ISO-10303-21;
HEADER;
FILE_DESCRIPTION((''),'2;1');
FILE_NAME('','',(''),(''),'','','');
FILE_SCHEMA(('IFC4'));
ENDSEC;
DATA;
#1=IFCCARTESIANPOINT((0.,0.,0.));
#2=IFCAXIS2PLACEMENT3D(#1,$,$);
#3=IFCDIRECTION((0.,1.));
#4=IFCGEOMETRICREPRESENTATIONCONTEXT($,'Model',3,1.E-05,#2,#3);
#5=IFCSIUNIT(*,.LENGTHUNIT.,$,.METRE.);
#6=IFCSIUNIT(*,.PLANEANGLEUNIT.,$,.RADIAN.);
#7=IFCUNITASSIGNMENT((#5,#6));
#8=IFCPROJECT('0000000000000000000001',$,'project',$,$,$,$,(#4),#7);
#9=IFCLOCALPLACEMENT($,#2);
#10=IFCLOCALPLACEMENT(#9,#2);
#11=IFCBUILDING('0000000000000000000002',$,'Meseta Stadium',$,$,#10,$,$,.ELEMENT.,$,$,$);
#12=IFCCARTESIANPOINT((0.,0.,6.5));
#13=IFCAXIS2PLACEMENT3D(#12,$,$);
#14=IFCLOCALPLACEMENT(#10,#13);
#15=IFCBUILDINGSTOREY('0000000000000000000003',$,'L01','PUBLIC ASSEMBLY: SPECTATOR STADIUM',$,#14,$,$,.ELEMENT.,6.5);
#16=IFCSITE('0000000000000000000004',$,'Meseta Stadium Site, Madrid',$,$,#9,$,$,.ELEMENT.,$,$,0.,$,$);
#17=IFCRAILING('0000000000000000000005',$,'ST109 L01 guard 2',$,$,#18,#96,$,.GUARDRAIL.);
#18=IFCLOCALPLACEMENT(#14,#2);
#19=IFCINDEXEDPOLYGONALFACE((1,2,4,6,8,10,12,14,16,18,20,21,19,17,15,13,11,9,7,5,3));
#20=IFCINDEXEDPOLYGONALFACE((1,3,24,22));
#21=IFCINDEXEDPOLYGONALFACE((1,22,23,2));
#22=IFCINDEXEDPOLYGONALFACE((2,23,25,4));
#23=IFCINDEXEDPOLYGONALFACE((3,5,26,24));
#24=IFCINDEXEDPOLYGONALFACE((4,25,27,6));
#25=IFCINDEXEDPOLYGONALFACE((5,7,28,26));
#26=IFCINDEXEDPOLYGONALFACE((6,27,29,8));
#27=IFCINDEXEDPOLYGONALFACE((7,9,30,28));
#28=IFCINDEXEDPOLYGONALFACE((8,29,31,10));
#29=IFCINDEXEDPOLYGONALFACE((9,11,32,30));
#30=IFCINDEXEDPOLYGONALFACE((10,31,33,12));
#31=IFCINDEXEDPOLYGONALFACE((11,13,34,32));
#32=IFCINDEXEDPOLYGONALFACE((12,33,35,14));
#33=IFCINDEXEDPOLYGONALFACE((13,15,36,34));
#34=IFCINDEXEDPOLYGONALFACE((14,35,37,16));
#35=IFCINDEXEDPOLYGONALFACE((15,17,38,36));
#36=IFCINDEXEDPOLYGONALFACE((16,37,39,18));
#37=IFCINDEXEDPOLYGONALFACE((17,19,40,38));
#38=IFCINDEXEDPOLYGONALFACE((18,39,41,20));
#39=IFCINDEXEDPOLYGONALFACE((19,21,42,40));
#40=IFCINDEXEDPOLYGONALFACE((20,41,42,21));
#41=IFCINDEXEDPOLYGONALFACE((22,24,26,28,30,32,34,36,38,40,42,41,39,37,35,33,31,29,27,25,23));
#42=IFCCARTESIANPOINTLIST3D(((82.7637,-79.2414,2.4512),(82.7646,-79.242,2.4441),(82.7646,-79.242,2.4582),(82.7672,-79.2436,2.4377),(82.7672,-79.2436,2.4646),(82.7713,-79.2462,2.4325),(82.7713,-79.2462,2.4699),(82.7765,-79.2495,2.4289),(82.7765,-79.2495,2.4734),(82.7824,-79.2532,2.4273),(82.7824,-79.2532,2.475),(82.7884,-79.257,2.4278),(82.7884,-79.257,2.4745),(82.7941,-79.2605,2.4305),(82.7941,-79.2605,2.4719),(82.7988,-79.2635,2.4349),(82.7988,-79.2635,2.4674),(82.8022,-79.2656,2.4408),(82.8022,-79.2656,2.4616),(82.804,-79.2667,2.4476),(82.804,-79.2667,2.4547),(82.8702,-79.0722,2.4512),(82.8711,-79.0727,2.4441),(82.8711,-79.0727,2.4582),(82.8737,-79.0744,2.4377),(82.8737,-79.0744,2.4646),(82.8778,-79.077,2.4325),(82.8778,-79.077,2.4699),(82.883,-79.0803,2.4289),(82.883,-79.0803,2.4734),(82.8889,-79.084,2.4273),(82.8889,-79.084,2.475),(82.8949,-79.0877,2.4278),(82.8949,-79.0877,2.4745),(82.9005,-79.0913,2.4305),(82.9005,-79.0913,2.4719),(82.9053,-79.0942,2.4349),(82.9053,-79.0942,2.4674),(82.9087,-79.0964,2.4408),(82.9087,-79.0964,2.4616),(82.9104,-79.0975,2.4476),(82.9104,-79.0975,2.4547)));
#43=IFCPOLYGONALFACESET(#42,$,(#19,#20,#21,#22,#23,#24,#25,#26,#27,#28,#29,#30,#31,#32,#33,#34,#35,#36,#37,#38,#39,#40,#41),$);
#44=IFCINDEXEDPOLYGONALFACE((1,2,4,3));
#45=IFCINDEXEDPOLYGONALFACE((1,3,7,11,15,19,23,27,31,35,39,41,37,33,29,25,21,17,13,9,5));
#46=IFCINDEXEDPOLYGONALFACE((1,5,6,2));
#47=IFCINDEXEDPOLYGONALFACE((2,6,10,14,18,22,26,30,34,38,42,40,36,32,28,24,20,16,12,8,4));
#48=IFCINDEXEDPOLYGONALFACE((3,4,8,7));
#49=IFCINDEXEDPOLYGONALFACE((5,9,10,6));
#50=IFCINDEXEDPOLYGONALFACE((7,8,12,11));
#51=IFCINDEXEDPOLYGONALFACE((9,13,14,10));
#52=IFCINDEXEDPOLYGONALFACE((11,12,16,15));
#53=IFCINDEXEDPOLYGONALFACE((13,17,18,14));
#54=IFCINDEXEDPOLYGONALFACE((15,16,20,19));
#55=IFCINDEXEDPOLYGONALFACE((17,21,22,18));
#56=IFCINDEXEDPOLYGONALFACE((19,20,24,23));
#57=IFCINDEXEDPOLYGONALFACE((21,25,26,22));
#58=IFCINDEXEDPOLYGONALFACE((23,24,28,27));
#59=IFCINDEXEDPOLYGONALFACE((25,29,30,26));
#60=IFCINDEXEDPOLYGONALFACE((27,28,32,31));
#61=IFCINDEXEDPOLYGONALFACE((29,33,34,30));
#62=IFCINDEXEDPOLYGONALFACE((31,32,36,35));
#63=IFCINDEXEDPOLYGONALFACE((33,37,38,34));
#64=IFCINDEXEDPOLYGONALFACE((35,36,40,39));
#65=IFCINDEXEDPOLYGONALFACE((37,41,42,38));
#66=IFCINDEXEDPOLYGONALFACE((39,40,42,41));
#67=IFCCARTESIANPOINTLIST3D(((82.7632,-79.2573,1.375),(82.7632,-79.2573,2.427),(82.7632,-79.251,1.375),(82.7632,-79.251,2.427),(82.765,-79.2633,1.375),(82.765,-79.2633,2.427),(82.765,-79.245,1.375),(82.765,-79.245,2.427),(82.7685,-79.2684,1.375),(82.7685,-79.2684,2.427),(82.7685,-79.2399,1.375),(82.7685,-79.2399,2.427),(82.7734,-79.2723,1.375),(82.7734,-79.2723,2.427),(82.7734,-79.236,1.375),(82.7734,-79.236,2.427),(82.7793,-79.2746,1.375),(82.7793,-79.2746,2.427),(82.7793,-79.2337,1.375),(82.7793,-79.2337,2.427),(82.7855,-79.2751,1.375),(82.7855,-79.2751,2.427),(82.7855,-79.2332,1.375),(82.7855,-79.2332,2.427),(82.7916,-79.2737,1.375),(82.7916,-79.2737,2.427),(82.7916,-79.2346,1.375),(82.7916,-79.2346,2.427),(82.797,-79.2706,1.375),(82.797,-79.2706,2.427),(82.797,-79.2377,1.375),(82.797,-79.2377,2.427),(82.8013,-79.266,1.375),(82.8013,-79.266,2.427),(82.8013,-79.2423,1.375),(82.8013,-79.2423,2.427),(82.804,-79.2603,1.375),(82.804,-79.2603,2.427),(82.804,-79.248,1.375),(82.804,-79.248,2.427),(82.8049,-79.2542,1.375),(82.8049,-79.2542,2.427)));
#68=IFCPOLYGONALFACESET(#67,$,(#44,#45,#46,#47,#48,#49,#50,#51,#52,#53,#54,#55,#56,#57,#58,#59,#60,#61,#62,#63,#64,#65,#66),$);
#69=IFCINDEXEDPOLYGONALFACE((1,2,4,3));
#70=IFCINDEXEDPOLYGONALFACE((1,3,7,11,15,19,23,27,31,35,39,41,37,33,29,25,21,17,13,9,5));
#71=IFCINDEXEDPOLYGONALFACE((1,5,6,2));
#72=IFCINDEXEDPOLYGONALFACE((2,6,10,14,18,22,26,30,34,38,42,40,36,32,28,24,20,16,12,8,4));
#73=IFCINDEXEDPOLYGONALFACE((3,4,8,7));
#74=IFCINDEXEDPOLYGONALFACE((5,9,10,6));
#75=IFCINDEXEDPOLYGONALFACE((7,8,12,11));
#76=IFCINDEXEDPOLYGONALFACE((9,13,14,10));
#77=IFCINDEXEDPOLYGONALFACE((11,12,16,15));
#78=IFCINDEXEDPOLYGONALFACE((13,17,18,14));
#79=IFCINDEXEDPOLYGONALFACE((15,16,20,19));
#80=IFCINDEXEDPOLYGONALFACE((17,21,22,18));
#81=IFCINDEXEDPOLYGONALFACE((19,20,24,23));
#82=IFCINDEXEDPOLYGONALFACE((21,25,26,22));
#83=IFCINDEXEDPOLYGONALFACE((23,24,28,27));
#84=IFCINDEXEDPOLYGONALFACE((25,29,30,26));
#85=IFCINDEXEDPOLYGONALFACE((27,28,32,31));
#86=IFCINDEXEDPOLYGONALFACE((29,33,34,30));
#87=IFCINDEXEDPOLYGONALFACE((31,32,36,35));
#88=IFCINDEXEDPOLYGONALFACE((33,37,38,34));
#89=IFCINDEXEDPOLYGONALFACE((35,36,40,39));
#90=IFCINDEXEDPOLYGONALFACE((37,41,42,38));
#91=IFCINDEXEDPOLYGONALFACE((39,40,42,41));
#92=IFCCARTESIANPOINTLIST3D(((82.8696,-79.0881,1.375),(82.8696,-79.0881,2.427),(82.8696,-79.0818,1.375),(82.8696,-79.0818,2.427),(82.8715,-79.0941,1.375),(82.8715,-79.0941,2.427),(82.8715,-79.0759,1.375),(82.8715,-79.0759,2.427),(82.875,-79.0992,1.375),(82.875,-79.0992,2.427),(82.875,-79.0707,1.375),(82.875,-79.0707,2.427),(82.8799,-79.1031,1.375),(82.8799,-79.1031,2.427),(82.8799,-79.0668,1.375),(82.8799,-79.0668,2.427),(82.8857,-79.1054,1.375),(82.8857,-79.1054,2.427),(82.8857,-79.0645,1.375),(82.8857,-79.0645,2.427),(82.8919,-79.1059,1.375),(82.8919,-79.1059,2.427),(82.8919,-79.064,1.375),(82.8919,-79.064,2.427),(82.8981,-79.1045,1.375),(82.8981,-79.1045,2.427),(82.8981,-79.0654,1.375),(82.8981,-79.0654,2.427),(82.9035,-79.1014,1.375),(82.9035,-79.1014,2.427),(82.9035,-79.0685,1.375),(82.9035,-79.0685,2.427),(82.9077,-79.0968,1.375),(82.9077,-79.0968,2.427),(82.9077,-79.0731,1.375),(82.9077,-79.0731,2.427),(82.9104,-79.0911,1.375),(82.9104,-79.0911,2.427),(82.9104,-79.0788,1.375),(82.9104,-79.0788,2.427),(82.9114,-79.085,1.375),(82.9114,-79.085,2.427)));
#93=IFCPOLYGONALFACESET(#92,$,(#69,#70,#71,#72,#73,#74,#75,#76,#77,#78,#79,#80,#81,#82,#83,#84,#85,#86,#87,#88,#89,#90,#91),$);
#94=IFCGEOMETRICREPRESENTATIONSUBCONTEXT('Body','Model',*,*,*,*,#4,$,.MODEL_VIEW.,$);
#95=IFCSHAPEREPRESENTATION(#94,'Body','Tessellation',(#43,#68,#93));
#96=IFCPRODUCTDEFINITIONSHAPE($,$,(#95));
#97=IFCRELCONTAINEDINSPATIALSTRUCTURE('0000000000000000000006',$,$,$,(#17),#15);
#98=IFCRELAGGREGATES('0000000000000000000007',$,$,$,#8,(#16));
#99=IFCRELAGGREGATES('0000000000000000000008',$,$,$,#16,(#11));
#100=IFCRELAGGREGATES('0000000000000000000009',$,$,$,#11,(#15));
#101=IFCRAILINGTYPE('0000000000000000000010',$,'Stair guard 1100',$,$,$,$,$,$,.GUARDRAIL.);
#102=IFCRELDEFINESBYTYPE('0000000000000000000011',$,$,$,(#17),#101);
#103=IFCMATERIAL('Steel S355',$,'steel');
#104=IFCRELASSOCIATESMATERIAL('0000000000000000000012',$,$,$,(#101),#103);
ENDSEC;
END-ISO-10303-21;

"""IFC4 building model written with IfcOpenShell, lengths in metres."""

from ifc_helpers import new_model, si_unit, direction, frame, origin, origin_2d, place, context, subcontext, project, spatial, circle, extrude, material, type_object, element, save


model = new_model("IFC4")

# Units and contexts
model_context = context("Model", 3, precision=1e-05, world=origin(), true_north=direction((0.0, 1.0)))
body_context = subcontext(model_context, "Body", "Model", "MODEL_VIEW")
ifc_project = project(units=[si_unit("LENGTHUNIT", "METRE"), si_unit("PLANEANGLEUNIT", "RADIAN")], contexts=[model_context])

# Site, building, storey
site_placement = place(None, origin())
site = spatial("IfcSite", under=ifc_project, at=site_placement, Name="Meseta Stadium Site, Madrid", CompositionType="ELEMENT", RefElevation=0.0)
building_placement = place(site_placement, origin())
building = spatial("IfcBuilding", under=site, at=building_placement, Name="Meseta Stadium", CompositionType="ELEMENT")
storey_placement = place(building_placement, frame((0.0, 0.0, 6.5)))
storey = spatial("IfcBuildingStorey", under=building, at=storey_placement, Name="L01", Description="PUBLIC ASSEMBLY: SPECTATOR STADIUM", CompositionType="ELEMENT", Elevation=6.5)

# Railing
ifc_material_1 = material(Name="Steel S355", Category="steel")
railing_type_1 = type_object("IfcRailingType", Name="Stair guard 1100", PredefinedType="GUARDRAIL", material=ifc_material_1)
railing_1_placement = place(storey_placement, frame((82.7839, -79.2542, 1.375)))
element("IfcRailing", 1, at=railing_1_placement, inside=storey, type_object=railing_type_1, Name="ST109 L01 guard 2", PredefinedType="GUARDRAIL", context=body_context, shape_type="SweptSolid", body=[
    extrude(circle(Radius=0.0239, at=origin_2d()), frame((0.0, 0.0, 1.0762), z_axis=(0.532522, 0.846416, 0.0), x_axis=(-0.846416, 0.532522, 0.0)), (0.0, 0.0, 1.0), 0.2),
    extrude(circle(Radius=0.021, at=origin_2d()), origin(), (0.0, 0.0, 1.0), 1.052),
    extrude(circle(Radius=0.021, at=origin_2d()), frame((0.1064, 0.1692, 0.0)), (0.0, 0.0, 1.0), 1.052),
])

save(model, "model.ifc")
